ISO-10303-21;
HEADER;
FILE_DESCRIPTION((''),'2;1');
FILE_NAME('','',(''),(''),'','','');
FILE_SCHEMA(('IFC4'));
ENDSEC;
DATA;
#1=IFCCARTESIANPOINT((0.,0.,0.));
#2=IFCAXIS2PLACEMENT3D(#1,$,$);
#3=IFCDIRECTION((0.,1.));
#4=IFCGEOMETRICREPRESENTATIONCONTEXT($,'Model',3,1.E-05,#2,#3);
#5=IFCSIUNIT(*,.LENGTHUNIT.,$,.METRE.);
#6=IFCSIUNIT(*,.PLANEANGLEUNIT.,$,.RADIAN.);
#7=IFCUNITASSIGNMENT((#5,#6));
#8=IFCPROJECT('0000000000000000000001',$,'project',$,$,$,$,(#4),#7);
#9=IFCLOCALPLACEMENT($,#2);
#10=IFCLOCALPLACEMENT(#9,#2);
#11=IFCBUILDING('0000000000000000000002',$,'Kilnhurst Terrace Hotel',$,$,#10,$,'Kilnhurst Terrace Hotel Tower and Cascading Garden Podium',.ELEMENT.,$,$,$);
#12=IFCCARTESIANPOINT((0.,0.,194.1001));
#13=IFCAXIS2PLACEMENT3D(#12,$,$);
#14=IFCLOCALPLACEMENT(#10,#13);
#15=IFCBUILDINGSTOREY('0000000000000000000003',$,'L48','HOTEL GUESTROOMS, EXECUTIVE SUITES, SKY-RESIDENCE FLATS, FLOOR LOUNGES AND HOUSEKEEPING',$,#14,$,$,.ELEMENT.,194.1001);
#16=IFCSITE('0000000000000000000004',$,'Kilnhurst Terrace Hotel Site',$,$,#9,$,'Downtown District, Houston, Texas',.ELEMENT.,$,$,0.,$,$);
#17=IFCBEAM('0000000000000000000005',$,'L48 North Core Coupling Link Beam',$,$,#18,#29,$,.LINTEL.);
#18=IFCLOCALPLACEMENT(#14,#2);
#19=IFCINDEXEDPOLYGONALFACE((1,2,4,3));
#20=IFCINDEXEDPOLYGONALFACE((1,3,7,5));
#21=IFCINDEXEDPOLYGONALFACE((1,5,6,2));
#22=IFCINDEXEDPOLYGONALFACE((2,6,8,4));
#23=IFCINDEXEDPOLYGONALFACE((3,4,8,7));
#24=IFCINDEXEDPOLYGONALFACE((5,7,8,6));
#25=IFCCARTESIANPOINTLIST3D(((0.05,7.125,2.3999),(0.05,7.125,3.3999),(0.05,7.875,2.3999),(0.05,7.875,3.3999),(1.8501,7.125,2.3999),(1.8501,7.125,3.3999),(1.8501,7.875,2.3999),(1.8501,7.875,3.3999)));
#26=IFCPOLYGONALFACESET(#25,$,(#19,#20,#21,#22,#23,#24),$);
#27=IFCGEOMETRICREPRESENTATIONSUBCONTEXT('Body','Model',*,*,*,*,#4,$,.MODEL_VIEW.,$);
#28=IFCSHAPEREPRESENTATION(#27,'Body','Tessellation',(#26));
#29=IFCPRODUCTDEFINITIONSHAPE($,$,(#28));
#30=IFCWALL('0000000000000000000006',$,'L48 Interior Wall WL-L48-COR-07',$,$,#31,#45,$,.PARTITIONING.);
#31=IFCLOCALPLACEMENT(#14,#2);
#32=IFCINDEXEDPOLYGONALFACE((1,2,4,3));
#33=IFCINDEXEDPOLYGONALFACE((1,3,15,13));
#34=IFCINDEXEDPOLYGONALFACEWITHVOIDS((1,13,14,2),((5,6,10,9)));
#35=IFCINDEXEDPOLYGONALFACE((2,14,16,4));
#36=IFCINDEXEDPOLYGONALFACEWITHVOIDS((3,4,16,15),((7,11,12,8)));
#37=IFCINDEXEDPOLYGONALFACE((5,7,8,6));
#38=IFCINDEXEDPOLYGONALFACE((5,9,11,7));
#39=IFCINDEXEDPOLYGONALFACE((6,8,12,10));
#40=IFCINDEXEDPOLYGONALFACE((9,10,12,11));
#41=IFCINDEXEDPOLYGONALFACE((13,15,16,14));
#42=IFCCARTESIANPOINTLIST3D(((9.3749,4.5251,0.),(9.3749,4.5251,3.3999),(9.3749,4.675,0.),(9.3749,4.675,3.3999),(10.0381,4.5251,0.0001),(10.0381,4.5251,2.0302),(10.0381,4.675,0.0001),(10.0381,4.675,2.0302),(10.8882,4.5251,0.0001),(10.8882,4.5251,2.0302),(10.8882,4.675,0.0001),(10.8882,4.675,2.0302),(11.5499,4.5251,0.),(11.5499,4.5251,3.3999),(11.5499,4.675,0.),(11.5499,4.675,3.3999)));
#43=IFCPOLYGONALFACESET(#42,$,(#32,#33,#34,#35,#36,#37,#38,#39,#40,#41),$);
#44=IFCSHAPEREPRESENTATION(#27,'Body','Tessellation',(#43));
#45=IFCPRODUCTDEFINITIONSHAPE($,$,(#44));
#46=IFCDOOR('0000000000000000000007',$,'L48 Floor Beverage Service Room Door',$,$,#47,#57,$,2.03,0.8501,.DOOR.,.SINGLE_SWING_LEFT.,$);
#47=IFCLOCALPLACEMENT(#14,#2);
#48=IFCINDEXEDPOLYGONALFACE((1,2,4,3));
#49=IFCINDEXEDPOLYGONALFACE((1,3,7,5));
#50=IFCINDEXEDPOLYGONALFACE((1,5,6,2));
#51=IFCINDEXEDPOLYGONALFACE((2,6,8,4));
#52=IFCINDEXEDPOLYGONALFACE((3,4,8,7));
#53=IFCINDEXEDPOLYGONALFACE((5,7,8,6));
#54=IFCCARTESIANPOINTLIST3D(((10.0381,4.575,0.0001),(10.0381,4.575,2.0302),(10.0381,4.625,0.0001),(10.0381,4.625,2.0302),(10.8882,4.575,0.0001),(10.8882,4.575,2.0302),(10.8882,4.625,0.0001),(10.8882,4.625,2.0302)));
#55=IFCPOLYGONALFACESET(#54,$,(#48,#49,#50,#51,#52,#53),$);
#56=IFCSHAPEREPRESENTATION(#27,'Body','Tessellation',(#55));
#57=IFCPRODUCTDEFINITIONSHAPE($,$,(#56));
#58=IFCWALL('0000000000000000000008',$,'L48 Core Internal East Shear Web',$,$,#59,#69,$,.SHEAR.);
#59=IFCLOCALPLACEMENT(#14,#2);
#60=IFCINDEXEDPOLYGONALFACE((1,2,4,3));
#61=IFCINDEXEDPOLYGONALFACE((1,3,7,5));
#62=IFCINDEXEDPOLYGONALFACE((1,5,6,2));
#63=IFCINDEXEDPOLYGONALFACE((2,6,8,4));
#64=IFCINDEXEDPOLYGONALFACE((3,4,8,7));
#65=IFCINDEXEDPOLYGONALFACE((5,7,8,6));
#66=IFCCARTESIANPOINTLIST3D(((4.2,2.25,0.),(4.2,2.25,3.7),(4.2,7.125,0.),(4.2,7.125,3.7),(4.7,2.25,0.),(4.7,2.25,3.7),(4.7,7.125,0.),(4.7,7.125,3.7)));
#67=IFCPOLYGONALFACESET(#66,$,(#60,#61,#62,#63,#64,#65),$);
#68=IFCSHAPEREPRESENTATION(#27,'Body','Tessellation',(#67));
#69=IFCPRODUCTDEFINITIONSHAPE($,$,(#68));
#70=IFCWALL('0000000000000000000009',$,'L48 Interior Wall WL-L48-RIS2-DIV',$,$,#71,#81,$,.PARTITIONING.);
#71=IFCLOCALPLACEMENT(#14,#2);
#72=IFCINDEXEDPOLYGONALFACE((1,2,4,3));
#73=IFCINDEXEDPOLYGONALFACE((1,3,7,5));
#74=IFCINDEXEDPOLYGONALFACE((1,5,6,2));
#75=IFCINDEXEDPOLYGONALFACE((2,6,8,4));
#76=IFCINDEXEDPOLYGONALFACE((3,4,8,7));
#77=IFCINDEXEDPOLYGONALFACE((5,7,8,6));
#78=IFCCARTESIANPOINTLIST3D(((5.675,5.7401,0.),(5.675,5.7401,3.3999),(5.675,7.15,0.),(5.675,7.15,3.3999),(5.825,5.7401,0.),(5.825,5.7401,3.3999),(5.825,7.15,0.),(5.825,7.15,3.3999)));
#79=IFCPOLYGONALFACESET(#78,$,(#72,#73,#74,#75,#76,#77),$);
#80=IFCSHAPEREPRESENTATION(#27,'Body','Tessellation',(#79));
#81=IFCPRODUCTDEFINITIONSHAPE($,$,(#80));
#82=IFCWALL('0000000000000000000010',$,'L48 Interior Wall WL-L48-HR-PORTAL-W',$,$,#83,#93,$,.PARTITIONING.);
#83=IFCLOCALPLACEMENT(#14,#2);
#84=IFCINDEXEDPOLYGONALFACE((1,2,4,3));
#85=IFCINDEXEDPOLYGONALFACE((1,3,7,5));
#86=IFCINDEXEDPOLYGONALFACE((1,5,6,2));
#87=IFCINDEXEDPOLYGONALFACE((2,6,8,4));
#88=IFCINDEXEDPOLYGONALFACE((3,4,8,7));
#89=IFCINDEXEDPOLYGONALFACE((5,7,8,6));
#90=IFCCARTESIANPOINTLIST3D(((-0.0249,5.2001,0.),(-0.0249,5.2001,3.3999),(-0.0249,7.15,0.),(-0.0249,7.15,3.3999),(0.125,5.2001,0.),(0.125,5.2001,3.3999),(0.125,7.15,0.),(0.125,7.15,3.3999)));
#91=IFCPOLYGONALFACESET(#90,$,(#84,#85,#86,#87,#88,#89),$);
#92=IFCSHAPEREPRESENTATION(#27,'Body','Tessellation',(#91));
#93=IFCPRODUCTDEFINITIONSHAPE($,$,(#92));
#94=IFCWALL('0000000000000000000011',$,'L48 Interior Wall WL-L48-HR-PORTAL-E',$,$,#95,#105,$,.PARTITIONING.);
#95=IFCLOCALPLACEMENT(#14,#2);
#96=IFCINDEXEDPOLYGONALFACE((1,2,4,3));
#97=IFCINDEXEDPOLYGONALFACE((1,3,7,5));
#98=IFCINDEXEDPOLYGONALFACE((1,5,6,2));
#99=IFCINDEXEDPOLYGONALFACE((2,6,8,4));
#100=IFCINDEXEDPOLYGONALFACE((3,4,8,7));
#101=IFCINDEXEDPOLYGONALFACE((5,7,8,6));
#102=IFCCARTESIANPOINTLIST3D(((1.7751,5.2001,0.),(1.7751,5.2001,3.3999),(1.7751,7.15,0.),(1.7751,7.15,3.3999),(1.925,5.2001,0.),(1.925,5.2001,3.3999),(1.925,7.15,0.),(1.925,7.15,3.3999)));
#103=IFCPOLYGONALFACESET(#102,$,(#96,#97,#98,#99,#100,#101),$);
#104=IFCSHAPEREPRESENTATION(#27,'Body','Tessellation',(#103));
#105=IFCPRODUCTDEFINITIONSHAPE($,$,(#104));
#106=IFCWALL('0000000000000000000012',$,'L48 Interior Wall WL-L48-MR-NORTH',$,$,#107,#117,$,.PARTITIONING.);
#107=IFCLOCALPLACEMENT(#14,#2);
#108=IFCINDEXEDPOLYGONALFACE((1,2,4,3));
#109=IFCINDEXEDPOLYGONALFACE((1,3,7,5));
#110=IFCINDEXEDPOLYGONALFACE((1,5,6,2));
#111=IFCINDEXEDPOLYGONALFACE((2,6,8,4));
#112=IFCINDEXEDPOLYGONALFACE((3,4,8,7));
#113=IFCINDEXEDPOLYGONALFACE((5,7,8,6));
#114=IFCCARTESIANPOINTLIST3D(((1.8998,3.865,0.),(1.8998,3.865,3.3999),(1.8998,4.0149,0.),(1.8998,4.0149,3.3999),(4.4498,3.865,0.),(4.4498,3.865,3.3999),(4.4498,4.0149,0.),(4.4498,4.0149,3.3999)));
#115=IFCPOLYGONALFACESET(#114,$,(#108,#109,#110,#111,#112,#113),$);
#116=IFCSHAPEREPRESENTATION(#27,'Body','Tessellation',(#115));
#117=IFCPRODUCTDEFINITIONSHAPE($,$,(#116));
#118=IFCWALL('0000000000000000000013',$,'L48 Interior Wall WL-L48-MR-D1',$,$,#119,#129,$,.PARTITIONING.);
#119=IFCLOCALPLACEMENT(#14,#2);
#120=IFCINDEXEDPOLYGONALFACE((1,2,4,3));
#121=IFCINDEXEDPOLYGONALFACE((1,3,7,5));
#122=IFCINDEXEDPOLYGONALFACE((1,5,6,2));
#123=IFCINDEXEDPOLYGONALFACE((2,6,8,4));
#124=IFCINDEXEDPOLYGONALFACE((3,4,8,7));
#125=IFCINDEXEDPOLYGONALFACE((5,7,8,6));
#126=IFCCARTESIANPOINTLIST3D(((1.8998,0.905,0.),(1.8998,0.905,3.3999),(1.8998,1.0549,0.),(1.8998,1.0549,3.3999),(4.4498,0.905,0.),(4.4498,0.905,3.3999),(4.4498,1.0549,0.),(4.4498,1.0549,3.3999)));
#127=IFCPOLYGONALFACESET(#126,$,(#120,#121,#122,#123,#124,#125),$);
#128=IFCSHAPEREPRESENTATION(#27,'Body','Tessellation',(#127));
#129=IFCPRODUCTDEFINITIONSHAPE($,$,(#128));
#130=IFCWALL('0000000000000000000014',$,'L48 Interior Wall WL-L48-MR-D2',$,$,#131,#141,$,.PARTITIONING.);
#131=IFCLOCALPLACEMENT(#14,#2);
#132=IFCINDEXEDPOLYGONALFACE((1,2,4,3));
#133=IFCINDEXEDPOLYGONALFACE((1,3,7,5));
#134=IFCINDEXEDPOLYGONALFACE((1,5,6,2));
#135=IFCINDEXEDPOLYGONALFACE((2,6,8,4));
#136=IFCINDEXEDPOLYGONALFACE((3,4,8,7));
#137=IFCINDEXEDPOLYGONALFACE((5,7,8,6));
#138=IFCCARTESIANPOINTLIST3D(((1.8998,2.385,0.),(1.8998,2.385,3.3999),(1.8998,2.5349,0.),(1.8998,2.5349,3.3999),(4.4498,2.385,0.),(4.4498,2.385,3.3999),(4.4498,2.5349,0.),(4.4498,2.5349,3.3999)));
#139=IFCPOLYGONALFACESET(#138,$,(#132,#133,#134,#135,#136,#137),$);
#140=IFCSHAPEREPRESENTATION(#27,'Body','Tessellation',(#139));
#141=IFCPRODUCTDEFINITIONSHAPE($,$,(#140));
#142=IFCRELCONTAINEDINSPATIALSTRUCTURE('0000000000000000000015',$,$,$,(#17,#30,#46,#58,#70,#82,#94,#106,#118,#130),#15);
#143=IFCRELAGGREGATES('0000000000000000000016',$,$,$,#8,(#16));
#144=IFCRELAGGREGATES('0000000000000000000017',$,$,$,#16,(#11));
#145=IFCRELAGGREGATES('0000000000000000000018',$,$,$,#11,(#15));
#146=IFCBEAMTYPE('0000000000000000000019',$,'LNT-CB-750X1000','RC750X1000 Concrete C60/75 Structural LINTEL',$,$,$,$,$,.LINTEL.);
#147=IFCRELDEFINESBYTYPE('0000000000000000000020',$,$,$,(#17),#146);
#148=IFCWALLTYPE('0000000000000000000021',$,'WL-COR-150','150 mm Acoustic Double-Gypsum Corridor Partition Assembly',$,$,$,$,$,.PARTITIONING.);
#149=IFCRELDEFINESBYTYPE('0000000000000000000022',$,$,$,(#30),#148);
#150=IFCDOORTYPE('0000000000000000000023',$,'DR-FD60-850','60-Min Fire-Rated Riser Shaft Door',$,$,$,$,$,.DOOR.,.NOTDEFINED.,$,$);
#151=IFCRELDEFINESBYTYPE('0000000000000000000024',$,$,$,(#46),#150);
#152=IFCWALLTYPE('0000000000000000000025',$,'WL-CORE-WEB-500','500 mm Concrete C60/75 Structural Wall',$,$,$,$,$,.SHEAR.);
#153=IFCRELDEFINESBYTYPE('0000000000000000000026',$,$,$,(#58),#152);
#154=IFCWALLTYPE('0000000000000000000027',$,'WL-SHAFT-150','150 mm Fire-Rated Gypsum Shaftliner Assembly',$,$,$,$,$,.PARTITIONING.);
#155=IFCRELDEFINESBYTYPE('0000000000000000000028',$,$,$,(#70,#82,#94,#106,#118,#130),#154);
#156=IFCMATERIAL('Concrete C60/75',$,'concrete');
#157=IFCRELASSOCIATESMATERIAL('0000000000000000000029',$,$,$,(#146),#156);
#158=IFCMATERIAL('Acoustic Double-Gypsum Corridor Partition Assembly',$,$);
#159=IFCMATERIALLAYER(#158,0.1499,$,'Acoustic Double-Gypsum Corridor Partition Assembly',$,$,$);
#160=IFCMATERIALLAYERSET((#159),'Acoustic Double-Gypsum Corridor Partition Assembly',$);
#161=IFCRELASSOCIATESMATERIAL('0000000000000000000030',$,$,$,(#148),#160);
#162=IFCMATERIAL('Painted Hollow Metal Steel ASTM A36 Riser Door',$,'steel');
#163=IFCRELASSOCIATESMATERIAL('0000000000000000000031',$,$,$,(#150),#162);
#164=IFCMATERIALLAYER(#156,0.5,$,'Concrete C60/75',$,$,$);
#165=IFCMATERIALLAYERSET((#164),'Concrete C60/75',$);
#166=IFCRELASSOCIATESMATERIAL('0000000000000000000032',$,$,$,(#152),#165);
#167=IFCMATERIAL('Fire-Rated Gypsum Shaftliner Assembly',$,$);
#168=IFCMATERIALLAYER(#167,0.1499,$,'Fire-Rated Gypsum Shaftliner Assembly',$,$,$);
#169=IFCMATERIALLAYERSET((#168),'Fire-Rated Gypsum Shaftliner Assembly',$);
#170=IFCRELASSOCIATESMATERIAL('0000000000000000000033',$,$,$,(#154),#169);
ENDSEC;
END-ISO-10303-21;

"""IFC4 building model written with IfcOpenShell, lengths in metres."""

from ifc_helpers import new_model, si_unit, direction, frame, frame_2d, origin, origin_2d, place, context, subcontext, project, spatial, rectangle, extrude, material, layer, layer_set, material_profile, profile_set, type_object, element, fill, save


model = new_model("IFC4")

# Units and contexts
model_context = context("Model", 3, precision=1e-05, world=origin(), true_north=direction((0.0, 1.0)))
body_context = subcontext(model_context, "Body", "Model", "MODEL_VIEW")
ifc_project = project(units=[si_unit("LENGTHUNIT", "METRE"), si_unit("PLANEANGLEUNIT", "RADIAN")], contexts=[model_context])

# Site, building, storey
site_placement = place(None, origin())
site = spatial("IfcSite", under=ifc_project, at=site_placement, Name="Kilnhurst Terrace Hotel Site", LongName="Downtown District, Houston, Texas", CompositionType="ELEMENT", RefElevation=0.0)
building_placement = place(site_placement, origin())
building = spatial("IfcBuilding", under=site, at=building_placement, Name="Kilnhurst Terrace Hotel", LongName="Kilnhurst Terrace Hotel Tower and Cascading Garden Podium", CompositionType="ELEMENT")
storey_placement = place(building_placement, frame((0.0, 0.0, 194.1001)))
storey = spatial("IfcBuildingStorey", under=building, at=storey_placement, Name="L48", Description="HOTEL GUESTROOMS, EXECUTIVE SUITES, SKY-RESIDENCE FLATS, FLOOR LOUNGES AND HOUSEKEEPING", CompositionType="ELEMENT", Elevation=194.1001)

# Beam
ifc_material_1 = material(Name="Concrete C60/75", Category="concrete")
ifc_material_profile = material_profile(ifc_material_1, rectangle(XDim=0.75, YDim=1.0, at=origin_2d()), Name="RC750X1000")
ifc_profile_set = profile_set([ifc_material_profile], Name="Concrete C60/75")
beam_type = type_object("IfcBeamType", Name="LNT-CB-750X1000", Description="RC750X1000 Concrete C60/75 Structural LINTEL", PredefinedType="LINTEL", material=ifc_profile_set)
beam_placement = place(storey_placement, frame((0.05, 7.5, 2.8999), z_axis=(1.0, 0.0, 0.0), x_axis=(0.0, 1.0, 0.0)))
element("IfcBeam", 1, at=beam_placement, inside=storey, type_object=beam_type, Name="L48 North Core Coupling Link Beam", PredefinedType="LINTEL", context=body_context, shape_type="SweptSolid", body=[
    extrude(rectangle(XDim=0.75, YDim=1.0, at=origin_2d()), origin(), (0.0, 0.0, 1.0), 1.8),
])

# Wall, opening, door
ifc_material_2 = material(Name="Acoustic Double-Gypsum Corridor Partition Assembly")
ifc_layer_1 = layer(ifc_material_2, 0.1499, Name="Acoustic Double-Gypsum Corridor Partition Assembly")
ifc_layer_set_1 = layer_set([ifc_layer_1], Name="Acoustic Double-Gypsum Corridor Partition Assembly")
wall_type_1 = type_object("IfcWallType", Name="WL-COR-150", Description="150 mm Acoustic Double-Gypsum Corridor Partition Assembly", PredefinedType="PARTITIONING", material=ifc_layer_set_1)
wall_1_placement = place(storey_placement, frame((9.375, 4.6001, 0.0), z_axis=(0.0, 0.0, 1.0), x_axis=(1.0, 0.0, 0.0)))
wall_1 = element("IfcWall", 2, at=wall_1_placement, inside=storey, type_object=wall_type_1, Name="L48 Interior Wall WL-L48-COR-07", PredefinedType="PARTITIONING", context=body_context, shape_type="SweptSolid", body=[
    extrude(rectangle(XDim=2.175, YDim=0.1499, at=frame_2d((1.0874, 0.0))), origin(), (0.0, 0.0, 1.0), 3.3999),
])
opening_1_placement = place(wall_1_placement, frame((0.6631, 0.0, 0.0)))
opening_1 = element("IfcOpeningElement", 3, at=opening_1_placement, cuts=wall_1, PredefinedType="OPENING", context=body_context, shape_type="SweptSolid", body=[
    extrude(rectangle(XDim=0.8501, YDim=2.03, at=frame_2d((0.425, 1.0151))), frame((0.0, 0.085, 0.0), z_axis=(0.0, -1.0, 0.0), x_axis=(1.0, 0.0, 0.0)), (0.0, 0.0, 1.0), 0.1699),
])
ifc_material_3 = material(Name="Painted Hollow Metal Steel ASTM A36 Riser Door", Category="steel")
door_type_1 = type_object("IfcDoorType", Name="DR-FD60-850", Description="60-Min Fire-Rated Riser Shaft Door", OperationType="NOTDEFINED", PredefinedType="DOOR", material=ifc_material_3)
door_1_placement = place(opening_1_placement, origin())
door_1 = element("IfcDoor", 4, at=door_1_placement, inside=storey, type_object=door_type_1, Name="L48 Floor Beverage Service Room Door", OperationType="SINGLE_SWING_LEFT", OverallHeight=2.03, OverallWidth=0.8501, PredefinedType="DOOR", context=body_context, shape_type="SweptSolid", body=[
    extrude(rectangle(XDim=0.8501, YDim=2.03, at=frame_2d((0.425, 1.0151))), frame((0.0, 0.0249, 0.0), z_axis=(0.0, -1.0, 0.0), x_axis=(1.0, 0.0, 0.0)), (0.0, 0.0, 1.0), 0.05),
])
fill(opening_1, door_1)

# Walls
ifc_layer_2 = layer(ifc_material_1, 0.5, Name="Concrete C60/75")
ifc_layer_set_2 = layer_set([ifc_layer_2], Name="Concrete C60/75")
wall_type_2 = type_object("IfcWallType", Name="WL-CORE-WEB-500", Description="500 mm Concrete C60/75 Structural Wall", PredefinedType="SHEAR", material=ifc_layer_set_2)
wall_2_placement = place(storey_placement, frame((4.45, 2.25, 0.0), z_axis=(0.0, 0.0, 1.0), x_axis=(0.0, 1.0, 0.0)))
element("IfcWall", 5, at=wall_2_placement, inside=storey, type_object=wall_type_2, Name="L48 Core Internal East Shear Web", PredefinedType="SHEAR", context=body_context, shape_type="SweptSolid", body=[
    extrude(rectangle(XDim=4.875, YDim=0.5, at=frame_2d((2.4375, 0.0))), origin(), (0.0, 0.0, 1.0), 3.7),
])
ifc_material_4 = material(Name="Fire-Rated Gypsum Shaftliner Assembly")
ifc_layer_3 = layer(ifc_material_4, 0.1499, Name="Fire-Rated Gypsum Shaftliner Assembly")
ifc_layer_set_3 = layer_set([ifc_layer_3], Name="Fire-Rated Gypsum Shaftliner Assembly")
wall_type_3 = type_object("IfcWallType", Name="WL-SHAFT-150", Description="150 mm Fire-Rated Gypsum Shaftliner Assembly", PredefinedType="PARTITIONING", material=ifc_layer_set_3)
wall_3_placement = place(storey_placement, frame((5.75, 5.74, 0.0), z_axis=(0.0, 0.0, 1.0), x_axis=(0.0, 1.0, 0.0)))
element("IfcWall", 6, at=wall_3_placement, inside=storey, type_object=wall_type_3, Name="L48 Interior Wall WL-L48-RIS2-DIV", PredefinedType="PARTITIONING", context=body_context, shape_type="SweptSolid", body=[
    extrude(rectangle(XDim=1.4099, YDim=0.1499, at=frame_2d((0.7051, 0.0))), origin(), (0.0, 0.0, 1.0), 3.3999),
])
for number, where, z_axis, x_axis, name in (
    (7, (0.05, 5.2, 0.0), (0.0, 0.0, 1.0), (0.0, 1.0, 0.0), "L48 Interior Wall WL-L48-HR-PORTAL-W"),
    (8, (1.8501, 5.2, 0.0), (0.0, 0.0, 1.0), (0.0, 1.0, 0.0), "L48 Interior Wall WL-L48-HR-PORTAL-E"),
):
    element("IfcWall", number, at=place(storey_placement, frame(where, z_axis=z_axis, x_axis=x_axis)), inside=storey, type_object=wall_type_3, Name=name, PredefinedType="PARTITIONING", context=body_context, shape_type="SweptSolid", body=[
        extrude(rectangle(XDim=1.95, YDim=0.1499, at=frame_2d((0.9751, 0.0))), origin(), (0.0, 0.0, 1.0), 3.3999),
    ])
for number, where, z_axis, x_axis, name in (
    (9, (1.8999, 3.9399, 0.0), (0.0, 0.0, 1.0), (1.0, 0.0, 0.0), "L48 Interior Wall WL-L48-MR-NORTH"),
    (10, (1.8999, 0.98, 0.0), (0.0, 0.0, 1.0), (1.0, 0.0, 0.0), "L48 Interior Wall WL-L48-MR-D1"),
    (11, (1.8999, 2.46, 0.0), (0.0, 0.0, 1.0), (1.0, 0.0, 0.0), "L48 Interior Wall WL-L48-MR-D2"),
):
    element("IfcWall", number, at=place(storey_placement, frame(where, z_axis=z_axis, x_axis=x_axis)), inside=storey, type_object=wall_type_3, Name=name, PredefinedType="PARTITIONING", context=body_context, shape_type="SweptSolid", body=[
        extrude(rectangle(XDim=2.55, YDim=0.1499, at=frame_2d((1.2749, 0.0))), origin(), (0.0, 0.0, 1.0), 3.3999),
    ])

save(model, "model.ifc")
